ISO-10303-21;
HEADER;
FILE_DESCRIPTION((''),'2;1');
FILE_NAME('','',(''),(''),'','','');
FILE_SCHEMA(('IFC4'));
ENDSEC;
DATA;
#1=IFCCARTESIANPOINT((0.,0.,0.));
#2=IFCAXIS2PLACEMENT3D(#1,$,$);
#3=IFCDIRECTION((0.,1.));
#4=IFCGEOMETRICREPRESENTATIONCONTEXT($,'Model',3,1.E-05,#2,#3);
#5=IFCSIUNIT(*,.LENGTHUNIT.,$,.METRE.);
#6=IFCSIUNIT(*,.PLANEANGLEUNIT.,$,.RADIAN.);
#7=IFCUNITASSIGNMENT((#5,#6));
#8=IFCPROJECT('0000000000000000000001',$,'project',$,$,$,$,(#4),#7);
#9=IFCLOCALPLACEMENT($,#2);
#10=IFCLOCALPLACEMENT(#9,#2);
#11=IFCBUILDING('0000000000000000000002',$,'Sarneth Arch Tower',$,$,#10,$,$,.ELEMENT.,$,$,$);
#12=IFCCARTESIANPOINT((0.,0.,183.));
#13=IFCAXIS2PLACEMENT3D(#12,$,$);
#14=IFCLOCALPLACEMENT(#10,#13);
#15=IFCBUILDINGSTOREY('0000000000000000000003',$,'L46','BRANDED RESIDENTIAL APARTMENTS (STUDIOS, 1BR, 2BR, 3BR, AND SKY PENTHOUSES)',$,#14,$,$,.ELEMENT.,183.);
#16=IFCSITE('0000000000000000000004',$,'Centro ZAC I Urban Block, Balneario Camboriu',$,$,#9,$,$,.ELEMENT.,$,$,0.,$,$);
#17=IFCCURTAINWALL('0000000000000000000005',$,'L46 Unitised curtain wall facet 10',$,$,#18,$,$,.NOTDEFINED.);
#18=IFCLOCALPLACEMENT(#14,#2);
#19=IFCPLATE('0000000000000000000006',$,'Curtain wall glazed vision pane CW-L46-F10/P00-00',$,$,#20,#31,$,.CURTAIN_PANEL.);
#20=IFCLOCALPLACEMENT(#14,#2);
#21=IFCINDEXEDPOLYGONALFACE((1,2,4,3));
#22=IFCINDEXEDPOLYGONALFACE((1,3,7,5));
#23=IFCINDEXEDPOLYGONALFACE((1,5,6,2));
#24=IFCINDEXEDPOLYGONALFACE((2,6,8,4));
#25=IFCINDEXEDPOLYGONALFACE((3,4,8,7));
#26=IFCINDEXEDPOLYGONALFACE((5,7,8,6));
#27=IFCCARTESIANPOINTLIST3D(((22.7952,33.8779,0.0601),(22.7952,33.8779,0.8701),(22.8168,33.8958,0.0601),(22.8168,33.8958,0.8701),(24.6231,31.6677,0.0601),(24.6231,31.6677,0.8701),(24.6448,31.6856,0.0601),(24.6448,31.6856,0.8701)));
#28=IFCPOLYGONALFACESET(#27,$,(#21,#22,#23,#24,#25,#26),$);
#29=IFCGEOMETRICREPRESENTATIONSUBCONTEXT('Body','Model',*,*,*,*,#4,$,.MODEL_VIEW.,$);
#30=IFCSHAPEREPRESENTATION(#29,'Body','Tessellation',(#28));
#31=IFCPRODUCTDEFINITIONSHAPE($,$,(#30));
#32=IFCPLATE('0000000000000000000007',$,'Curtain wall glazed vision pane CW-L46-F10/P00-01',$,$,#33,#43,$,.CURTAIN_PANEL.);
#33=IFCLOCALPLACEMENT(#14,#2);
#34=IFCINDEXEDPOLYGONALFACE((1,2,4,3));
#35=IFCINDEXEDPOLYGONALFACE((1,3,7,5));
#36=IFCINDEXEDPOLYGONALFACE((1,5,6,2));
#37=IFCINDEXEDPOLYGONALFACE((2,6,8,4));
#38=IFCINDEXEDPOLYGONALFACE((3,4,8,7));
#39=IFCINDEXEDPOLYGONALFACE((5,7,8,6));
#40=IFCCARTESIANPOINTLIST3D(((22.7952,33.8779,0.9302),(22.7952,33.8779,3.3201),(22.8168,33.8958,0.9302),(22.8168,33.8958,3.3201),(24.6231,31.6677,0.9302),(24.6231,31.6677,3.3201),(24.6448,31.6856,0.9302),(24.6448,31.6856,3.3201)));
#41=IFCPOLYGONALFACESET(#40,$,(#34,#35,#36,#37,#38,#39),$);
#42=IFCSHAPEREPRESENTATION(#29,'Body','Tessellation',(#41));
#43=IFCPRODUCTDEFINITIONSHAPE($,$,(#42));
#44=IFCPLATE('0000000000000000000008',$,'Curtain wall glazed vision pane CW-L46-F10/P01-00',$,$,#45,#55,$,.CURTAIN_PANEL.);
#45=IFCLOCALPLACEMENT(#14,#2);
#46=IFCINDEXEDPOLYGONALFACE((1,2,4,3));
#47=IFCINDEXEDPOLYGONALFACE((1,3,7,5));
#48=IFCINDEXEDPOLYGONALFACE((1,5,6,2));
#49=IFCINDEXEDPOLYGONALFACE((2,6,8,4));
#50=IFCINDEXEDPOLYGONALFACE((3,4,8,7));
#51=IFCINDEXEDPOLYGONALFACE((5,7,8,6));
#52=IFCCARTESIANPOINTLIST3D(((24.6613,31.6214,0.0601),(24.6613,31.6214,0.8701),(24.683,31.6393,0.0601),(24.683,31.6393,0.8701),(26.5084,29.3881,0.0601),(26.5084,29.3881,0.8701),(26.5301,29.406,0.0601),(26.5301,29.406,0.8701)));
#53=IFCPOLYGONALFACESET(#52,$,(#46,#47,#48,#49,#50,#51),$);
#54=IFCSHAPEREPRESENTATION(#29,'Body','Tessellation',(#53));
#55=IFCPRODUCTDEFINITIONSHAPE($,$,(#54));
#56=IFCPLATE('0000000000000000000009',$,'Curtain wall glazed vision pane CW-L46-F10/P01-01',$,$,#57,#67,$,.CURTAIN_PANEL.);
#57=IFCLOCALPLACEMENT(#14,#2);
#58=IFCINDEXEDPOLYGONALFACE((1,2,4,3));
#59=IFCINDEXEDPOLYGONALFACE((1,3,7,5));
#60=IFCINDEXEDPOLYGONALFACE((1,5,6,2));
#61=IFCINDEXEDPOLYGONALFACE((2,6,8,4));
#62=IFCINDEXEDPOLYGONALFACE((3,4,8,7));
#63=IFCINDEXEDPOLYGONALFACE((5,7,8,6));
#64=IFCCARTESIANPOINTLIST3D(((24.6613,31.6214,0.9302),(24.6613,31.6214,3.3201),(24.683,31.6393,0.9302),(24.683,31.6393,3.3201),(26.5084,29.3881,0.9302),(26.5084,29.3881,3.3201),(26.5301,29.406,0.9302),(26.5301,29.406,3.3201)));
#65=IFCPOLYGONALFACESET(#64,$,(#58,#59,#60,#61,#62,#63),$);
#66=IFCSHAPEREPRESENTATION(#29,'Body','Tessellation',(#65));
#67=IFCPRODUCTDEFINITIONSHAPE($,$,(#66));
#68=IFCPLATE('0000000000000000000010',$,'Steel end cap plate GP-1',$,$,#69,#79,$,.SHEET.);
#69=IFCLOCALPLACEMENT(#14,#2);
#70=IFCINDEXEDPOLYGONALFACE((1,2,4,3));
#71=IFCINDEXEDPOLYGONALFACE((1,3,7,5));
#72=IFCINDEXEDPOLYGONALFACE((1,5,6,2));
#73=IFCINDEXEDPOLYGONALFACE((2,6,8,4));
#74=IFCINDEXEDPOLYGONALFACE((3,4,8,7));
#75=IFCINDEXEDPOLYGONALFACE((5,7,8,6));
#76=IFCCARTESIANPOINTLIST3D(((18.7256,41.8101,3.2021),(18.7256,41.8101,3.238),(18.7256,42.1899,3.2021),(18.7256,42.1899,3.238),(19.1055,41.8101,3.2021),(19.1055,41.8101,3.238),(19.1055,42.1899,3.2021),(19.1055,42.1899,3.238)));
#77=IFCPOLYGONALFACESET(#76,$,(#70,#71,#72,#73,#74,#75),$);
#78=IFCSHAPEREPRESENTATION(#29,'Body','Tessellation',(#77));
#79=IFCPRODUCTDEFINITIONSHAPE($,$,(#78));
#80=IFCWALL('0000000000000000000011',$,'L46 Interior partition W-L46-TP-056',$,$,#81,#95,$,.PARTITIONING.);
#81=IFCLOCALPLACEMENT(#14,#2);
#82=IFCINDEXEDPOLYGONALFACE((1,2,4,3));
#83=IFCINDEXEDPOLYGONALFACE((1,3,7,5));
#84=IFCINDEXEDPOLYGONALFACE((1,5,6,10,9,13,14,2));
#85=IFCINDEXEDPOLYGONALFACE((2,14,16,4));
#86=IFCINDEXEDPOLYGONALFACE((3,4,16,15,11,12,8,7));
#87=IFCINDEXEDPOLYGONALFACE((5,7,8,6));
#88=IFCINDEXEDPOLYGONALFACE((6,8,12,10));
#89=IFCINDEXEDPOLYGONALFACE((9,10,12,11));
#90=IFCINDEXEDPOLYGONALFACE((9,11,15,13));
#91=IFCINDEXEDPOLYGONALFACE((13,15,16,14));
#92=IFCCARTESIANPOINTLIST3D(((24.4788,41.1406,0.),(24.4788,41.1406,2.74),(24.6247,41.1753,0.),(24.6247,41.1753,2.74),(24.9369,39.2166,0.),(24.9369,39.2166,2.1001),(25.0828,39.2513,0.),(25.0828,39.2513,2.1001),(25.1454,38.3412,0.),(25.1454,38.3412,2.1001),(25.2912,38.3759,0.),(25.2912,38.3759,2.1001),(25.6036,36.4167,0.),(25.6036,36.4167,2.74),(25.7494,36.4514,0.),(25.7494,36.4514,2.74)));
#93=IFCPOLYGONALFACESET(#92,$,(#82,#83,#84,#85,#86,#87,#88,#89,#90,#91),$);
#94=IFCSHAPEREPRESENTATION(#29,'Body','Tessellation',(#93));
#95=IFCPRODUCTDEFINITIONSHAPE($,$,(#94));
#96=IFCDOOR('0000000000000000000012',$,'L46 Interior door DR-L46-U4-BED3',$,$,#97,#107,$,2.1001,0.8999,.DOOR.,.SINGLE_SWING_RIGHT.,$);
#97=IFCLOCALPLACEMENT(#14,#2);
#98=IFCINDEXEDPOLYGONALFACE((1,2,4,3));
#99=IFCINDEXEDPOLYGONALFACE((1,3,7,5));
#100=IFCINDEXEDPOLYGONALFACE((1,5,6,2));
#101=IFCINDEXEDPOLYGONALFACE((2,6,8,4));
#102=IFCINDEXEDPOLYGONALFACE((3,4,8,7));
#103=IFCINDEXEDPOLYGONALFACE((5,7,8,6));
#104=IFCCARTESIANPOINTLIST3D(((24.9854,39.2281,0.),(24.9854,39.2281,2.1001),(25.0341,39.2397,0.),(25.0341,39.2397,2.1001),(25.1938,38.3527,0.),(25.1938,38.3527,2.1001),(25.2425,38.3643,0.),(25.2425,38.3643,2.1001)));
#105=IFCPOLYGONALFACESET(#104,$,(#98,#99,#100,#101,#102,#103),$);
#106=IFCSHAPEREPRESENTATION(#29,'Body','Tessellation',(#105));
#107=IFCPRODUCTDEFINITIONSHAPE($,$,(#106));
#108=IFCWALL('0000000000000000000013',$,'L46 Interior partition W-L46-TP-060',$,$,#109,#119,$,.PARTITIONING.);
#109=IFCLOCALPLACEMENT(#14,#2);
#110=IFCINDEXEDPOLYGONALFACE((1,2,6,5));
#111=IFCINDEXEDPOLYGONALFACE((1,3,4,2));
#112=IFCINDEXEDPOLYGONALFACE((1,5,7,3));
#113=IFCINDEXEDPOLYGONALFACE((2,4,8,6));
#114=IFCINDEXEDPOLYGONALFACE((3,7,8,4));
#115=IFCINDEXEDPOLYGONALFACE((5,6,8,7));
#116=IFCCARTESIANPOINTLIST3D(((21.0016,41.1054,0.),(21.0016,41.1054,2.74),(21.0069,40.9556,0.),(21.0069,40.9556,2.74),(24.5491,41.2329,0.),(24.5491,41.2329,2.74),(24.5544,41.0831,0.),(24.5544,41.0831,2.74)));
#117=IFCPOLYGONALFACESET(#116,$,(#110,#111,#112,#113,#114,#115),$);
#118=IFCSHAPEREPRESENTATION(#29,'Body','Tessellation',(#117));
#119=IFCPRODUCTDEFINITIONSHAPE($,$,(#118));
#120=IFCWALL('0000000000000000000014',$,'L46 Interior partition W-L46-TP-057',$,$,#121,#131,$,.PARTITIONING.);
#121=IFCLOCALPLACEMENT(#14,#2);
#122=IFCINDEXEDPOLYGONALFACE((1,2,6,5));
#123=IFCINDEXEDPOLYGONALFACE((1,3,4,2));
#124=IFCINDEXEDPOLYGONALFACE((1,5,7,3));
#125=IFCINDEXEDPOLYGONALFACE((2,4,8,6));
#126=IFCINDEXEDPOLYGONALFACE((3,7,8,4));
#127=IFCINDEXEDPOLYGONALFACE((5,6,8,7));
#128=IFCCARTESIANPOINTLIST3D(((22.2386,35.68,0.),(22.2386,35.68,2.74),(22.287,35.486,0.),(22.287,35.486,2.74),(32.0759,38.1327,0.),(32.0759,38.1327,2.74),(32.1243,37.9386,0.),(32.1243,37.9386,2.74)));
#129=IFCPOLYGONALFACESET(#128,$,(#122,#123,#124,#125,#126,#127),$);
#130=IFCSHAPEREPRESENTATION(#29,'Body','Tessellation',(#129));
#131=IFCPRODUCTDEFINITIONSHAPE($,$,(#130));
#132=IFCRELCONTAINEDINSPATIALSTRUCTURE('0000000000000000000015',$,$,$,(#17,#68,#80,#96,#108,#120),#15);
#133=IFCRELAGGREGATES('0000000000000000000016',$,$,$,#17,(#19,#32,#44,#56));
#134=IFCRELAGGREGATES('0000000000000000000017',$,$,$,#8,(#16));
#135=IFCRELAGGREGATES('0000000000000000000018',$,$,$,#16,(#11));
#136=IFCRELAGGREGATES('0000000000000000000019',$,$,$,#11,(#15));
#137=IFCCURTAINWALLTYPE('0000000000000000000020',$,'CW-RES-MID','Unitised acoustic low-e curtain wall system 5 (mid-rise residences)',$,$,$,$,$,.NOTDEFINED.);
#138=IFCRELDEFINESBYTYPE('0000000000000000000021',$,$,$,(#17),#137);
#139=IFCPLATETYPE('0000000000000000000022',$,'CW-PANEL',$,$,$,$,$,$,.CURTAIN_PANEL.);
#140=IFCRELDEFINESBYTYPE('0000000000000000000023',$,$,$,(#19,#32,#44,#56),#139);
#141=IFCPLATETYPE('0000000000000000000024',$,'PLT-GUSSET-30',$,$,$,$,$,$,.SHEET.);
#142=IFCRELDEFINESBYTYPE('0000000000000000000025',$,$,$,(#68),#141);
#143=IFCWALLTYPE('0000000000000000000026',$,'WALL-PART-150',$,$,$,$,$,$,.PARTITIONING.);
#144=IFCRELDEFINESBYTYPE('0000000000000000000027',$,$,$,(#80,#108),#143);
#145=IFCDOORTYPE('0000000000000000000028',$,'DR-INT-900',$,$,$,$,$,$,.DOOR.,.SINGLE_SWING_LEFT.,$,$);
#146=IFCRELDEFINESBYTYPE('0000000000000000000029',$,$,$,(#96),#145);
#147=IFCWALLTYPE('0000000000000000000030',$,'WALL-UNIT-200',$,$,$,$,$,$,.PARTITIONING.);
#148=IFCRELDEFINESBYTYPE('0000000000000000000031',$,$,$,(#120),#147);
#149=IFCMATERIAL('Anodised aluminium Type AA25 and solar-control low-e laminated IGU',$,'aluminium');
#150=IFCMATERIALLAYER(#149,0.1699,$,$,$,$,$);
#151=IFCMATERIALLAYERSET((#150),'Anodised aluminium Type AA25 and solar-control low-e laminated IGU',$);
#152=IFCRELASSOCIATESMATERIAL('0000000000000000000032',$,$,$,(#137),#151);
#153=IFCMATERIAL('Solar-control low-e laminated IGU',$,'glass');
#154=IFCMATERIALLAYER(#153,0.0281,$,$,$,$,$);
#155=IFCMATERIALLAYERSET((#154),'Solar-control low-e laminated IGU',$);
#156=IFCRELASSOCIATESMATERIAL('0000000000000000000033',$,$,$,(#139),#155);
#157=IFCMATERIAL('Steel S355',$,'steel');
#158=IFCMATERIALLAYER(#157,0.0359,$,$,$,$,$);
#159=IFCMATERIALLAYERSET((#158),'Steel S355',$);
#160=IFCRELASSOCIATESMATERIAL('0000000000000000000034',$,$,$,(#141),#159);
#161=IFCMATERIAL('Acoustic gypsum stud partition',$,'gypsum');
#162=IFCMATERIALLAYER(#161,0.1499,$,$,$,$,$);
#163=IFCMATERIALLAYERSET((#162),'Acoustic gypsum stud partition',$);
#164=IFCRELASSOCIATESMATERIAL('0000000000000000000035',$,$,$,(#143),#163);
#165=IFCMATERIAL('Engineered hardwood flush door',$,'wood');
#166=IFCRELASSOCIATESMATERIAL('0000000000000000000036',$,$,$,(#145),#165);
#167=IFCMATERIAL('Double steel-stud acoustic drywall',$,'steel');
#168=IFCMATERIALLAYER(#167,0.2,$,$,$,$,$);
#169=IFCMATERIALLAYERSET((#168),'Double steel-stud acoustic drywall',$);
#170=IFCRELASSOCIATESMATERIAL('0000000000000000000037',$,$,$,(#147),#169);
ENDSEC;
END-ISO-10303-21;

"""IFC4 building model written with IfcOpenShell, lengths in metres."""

from ifc_helpers import new_model, si_unit, direction, frame, frame_2d, origin, origin_2d, place, context, subcontext, project, spatial, rectangle, extrude, material, layer, layer_set, type_object, element, fill, aggregate, save


model = new_model("IFC4")

# Units and contexts
model_context = context("Model", 3, precision=1e-05, world=origin(), true_north=direction((0.0, 1.0)))
body_context = subcontext(model_context, "Body", "Model", "MODEL_VIEW")
ifc_project = project(units=[si_unit("LENGTHUNIT", "METRE"), si_unit("PLANEANGLEUNIT", "RADIAN")], contexts=[model_context])

# Site, building, storey
site_placement = place(None, origin())
site = spatial("IfcSite", under=ifc_project, at=site_placement, Name="Centro ZAC I Urban Block, Balneario Camboriu", CompositionType="ELEMENT", RefElevation=0.0)
building_placement = place(site_placement, origin())
building = spatial("IfcBuilding", under=site, at=building_placement, Name="Sarneth Arch Tower", CompositionType="ELEMENT")
storey_placement = place(building_placement, frame((0.0, 0.0, 183.0)))
storey = spatial("IfcBuildingStorey", under=building, at=storey_placement, Name="L46", Description="BRANDED RESIDENTIAL APARTMENTS (STUDIOS, 1BR, 2BR, 3BR, AND SKY PENTHOUSES)", CompositionType="ELEMENT", Elevation=183.0)

# Curtain wall, plates
ifc_material_1 = material(Name="Anodised aluminium Type AA25 and solar-control low-e laminated IGU", Category="aluminium")
ifc_layer_1 = layer(ifc_material_1, 0.1699)
ifc_layer_set_1 = layer_set([ifc_layer_1], Name="Anodised aluminium Type AA25 and solar-control low-e laminated IGU")
curtain_wall_type = type_object("IfcCurtainWallType", Name="CW-RES-MID", Description="Unitised acoustic low-e curtain wall system 5 (mid-rise residences)", PredefinedType="NOTDEFINED", material=ifc_layer_set_1)
curtain_wall_placement = place(storey_placement, origin())
curtain_wall = element("IfcCurtainWall", 1, at=curtain_wall_placement, inside=storey, type_object=curtain_wall_type, Name="L46 Unitised curtain wall facet 10", PredefinedType="NOTDEFINED")
ifc_material_2 = material(Name="Solar-control low-e laminated IGU", Category="glass")
ifc_layer_2 = layer(ifc_material_2, 0.0281)
ifc_layer_set_2 = layer_set([ifc_layer_2], Name="Solar-control low-e laminated IGU")
plate_type_1 = type_object("IfcPlateType", Name="CW-PANEL", PredefinedType="CURTAIN_PANEL", material=ifc_layer_set_2)
plate_1_placement = place(storey_placement, frame((23.72, 32.7817, 0.0601), z_axis=(0.0, 0.0, 1.0), x_axis=(0.63733, -0.770591, 0.0)))
plate_1 = element("IfcPlate", 2, at=plate_1_placement, type_object=plate_type_1, Name="Curtain wall glazed vision pane CW-L46-F10/P00-00", PredefinedType="CURTAIN_PANEL", context=body_context, shape_type="SweptSolid", body=[
    extrude(rectangle(XDim=2.8682, YDim=0.0281, at=origin_2d()), origin(), (0.0, 0.0, 1.0), 0.8101),
])
plate_2_placement = place(storey_placement, frame((23.72, 32.7817, 0.9302), z_axis=(0.0, 0.0, 1.0), x_axis=(0.63733, -0.770591, 0.0)))
plate_2 = element("IfcPlate", 3, at=plate_2_placement, type_object=plate_type_1, Name="Curtain wall glazed vision pane CW-L46-F10/P00-01", PredefinedType="CURTAIN_PANEL", context=body_context, shape_type="SweptSolid", body=[
    extrude(rectangle(XDim=2.8682, YDim=0.0281, at=origin_2d()), origin(), (0.0, 0.0, 1.0), 2.3899),
])
plate_3_placement = place(storey_placement, frame((25.5957, 30.5137, 0.0601), z_axis=(0.0, 0.0, 1.0), x_axis=(0.63733, -0.770591, 0.0)))
plate_3 = element("IfcPlate", 4, at=plate_3_placement, type_object=plate_type_1, Name="Curtain wall glazed vision pane CW-L46-F10/P01-00", PredefinedType="CURTAIN_PANEL", context=body_context, shape_type="SweptSolid", body=[
    extrude(rectangle(XDim=2.8982, YDim=0.0281, at=origin_2d()), origin(), (0.0, 0.0, 1.0), 0.8101),
])
plate_4_placement = place(storey_placement, frame((25.5957, 30.5137, 0.9302), z_axis=(0.0, 0.0, 1.0), x_axis=(0.63733, -0.770591, 0.0)))
plate_4 = element("IfcPlate", 5, at=plate_4_placement, type_object=plate_type_1, Name="Curtain wall glazed vision pane CW-L46-F10/P01-01", PredefinedType="CURTAIN_PANEL", context=body_context, shape_type="SweptSolid", body=[
    extrude(rectangle(XDim=2.8982, YDim=0.0281, at=origin_2d()), origin(), (0.0, 0.0, 1.0), 2.3899),
])
aggregate(curtain_wall, [plate_1, plate_2, plate_3, plate_4])

# Plate
ifc_material_3 = material(Name="Steel S355", Category="steel")
ifc_layer_3 = layer(ifc_material_3, 0.0359)
ifc_layer_set_3 = layer_set([ifc_layer_3], Name="Steel S355")
plate_type_2 = type_object("IfcPlateType", Name="PLT-GUSSET-30", PredefinedType="SHEET", material=ifc_layer_set_3)
plate_5_placement = place(storey_placement, frame((18.9155, 42.0, 3.2021), z_axis=(0.0, 0.0, 1.0), x_axis=(-1.0, 0.0, 0.0)))
element("IfcPlate", 6, at=plate_5_placement, inside=storey, type_object=plate_type_2, Name="Steel end cap plate GP-1", PredefinedType="SHEET", context=body_context, shape_type="SweptSolid", body=[
    extrude(rectangle(XDim=0.3799, YDim=0.3799, at=origin_2d()), origin(), (0.0, 0.0, 1.0), 0.0359),
])

# Wall, opening, door
ifc_material_4 = material(Name="Acoustic gypsum stud partition", Category="gypsum")
ifc_layer_4 = layer(ifc_material_4, 0.1499)
ifc_layer_set_4 = layer_set([ifc_layer_4], Name="Acoustic gypsum stud partition")
wall_type_1 = type_object("IfcWallType", Name="WALL-PART-150", PredefinedType="PARTITIONING", material=ifc_layer_set_4)
wall_1_placement = place(storey_placement, frame((24.5518, 41.158, 0.0), z_axis=(0.0, 0.0, 1.0), x_axis=(0.231625, -0.972805, 0.0)))
wall_1 = element("IfcWall", 7, at=wall_1_placement, inside=storey, type_object=wall_type_1, Name="L46 Interior partition W-L46-TP-056", PredefinedType="PARTITIONING", context=body_context, shape_type="SweptSolid", body=[
    extrude(rectangle(XDim=4.856, YDim=0.1499, at=frame_2d((2.428, 0.0))), origin(), (0.0, 0.0, 1.0), 2.74),
])
opening_placement = place(wall_1_placement, frame((1.9778, 0.0, 0.0)))
opening = element("IfcOpeningElement", 8, at=opening_placement, cuts=wall_1, PredefinedType="OPENING", context=body_context, shape_type="SweptSolid", body=[
    extrude(rectangle(XDim=0.8999, YDim=2.1001, at=frame_2d((0.45, 1.05))), frame((0.0, 0.085, 0.0), z_axis=(0.0, -1.0, 0.0), x_axis=(1.0, 0.0, 0.0)), (0.0, 0.0, 1.0), 0.1699),
])
ifc_material_5 = material(Name="Engineered hardwood flush door", Category="wood")
door_type = type_object("IfcDoorType", Name="DR-INT-900", OperationType="SINGLE_SWING_LEFT", PredefinedType="DOOR", material=ifc_material_5)
door_placement = place(opening_placement, origin())
door = element("IfcDoor", 9, at=door_placement, inside=storey, type_object=door_type, Name="L46 Interior door DR-L46-U4-BED3", OperationType="SINGLE_SWING_RIGHT", OverallHeight=2.1001, OverallWidth=0.8999, PredefinedType="DOOR", context=body_context, shape_type="SweptSolid", body=[
    extrude(rectangle(XDim=0.8999, YDim=2.1001, at=frame_2d((0.45, 1.05))), frame((0.0, 0.0249, 0.0), z_axis=(0.0, -1.0, 0.0), x_axis=(1.0, 0.0, 0.0)), (0.0, 0.0, 1.0), 0.05),
])
fill(opening, door)

# Walls
wall_2_placement = place(storey_placement, frame((24.5518, 41.158, 0.0), z_axis=(0.0, 0.0, 1.0), x_axis=(-0.999355, -0.0359, 0.0)))
element("IfcWall", 10, at=wall_2_placement, inside=storey, type_object=wall_type_1, Name="L46 Interior partition W-L46-TP-060", PredefinedType="PARTITIONING", context=body_context, shape_type="SweptSolid", body=[
    extrude(rectangle(XDim=3.5498, YDim=0.1499, at=frame_2d((1.7749, 0.0))), origin(), (0.0, 0.0, 1.0), 2.74),
])
ifc_material_6 = material(Name="Double steel-stud acoustic drywall", Category="steel")
ifc_layer_5 = layer(ifc_material_6, 0.2)
ifc_layer_set_5 = layer_set([ifc_layer_5], Name="Double steel-stud acoustic drywall")
wall_type_2 = type_object("IfcWallType", Name="WALL-UNIT-200", PredefinedType="PARTITIONING", material=ifc_layer_set_5)
wall_3_placement = place(storey_placement, frame((22.2627, 35.583, 0.0), z_axis=(0.0, 0.0, 1.0), x_axis=(0.970298, 0.241912, 0.0)))
element("IfcWall", 11, at=wall_3_placement, inside=storey, type_object=wall_type_2, Name="L46 Interior partition W-L46-TP-057", PredefinedType="PARTITIONING", context=body_context, shape_type="SweptSolid", body=[
    extrude(rectangle(XDim=10.1384, YDim=0.2, at=frame_2d((5.0693, 0.0))), origin(), (0.0, 0.0, 1.0), 2.74),
])

save(model, "model.ifc")
